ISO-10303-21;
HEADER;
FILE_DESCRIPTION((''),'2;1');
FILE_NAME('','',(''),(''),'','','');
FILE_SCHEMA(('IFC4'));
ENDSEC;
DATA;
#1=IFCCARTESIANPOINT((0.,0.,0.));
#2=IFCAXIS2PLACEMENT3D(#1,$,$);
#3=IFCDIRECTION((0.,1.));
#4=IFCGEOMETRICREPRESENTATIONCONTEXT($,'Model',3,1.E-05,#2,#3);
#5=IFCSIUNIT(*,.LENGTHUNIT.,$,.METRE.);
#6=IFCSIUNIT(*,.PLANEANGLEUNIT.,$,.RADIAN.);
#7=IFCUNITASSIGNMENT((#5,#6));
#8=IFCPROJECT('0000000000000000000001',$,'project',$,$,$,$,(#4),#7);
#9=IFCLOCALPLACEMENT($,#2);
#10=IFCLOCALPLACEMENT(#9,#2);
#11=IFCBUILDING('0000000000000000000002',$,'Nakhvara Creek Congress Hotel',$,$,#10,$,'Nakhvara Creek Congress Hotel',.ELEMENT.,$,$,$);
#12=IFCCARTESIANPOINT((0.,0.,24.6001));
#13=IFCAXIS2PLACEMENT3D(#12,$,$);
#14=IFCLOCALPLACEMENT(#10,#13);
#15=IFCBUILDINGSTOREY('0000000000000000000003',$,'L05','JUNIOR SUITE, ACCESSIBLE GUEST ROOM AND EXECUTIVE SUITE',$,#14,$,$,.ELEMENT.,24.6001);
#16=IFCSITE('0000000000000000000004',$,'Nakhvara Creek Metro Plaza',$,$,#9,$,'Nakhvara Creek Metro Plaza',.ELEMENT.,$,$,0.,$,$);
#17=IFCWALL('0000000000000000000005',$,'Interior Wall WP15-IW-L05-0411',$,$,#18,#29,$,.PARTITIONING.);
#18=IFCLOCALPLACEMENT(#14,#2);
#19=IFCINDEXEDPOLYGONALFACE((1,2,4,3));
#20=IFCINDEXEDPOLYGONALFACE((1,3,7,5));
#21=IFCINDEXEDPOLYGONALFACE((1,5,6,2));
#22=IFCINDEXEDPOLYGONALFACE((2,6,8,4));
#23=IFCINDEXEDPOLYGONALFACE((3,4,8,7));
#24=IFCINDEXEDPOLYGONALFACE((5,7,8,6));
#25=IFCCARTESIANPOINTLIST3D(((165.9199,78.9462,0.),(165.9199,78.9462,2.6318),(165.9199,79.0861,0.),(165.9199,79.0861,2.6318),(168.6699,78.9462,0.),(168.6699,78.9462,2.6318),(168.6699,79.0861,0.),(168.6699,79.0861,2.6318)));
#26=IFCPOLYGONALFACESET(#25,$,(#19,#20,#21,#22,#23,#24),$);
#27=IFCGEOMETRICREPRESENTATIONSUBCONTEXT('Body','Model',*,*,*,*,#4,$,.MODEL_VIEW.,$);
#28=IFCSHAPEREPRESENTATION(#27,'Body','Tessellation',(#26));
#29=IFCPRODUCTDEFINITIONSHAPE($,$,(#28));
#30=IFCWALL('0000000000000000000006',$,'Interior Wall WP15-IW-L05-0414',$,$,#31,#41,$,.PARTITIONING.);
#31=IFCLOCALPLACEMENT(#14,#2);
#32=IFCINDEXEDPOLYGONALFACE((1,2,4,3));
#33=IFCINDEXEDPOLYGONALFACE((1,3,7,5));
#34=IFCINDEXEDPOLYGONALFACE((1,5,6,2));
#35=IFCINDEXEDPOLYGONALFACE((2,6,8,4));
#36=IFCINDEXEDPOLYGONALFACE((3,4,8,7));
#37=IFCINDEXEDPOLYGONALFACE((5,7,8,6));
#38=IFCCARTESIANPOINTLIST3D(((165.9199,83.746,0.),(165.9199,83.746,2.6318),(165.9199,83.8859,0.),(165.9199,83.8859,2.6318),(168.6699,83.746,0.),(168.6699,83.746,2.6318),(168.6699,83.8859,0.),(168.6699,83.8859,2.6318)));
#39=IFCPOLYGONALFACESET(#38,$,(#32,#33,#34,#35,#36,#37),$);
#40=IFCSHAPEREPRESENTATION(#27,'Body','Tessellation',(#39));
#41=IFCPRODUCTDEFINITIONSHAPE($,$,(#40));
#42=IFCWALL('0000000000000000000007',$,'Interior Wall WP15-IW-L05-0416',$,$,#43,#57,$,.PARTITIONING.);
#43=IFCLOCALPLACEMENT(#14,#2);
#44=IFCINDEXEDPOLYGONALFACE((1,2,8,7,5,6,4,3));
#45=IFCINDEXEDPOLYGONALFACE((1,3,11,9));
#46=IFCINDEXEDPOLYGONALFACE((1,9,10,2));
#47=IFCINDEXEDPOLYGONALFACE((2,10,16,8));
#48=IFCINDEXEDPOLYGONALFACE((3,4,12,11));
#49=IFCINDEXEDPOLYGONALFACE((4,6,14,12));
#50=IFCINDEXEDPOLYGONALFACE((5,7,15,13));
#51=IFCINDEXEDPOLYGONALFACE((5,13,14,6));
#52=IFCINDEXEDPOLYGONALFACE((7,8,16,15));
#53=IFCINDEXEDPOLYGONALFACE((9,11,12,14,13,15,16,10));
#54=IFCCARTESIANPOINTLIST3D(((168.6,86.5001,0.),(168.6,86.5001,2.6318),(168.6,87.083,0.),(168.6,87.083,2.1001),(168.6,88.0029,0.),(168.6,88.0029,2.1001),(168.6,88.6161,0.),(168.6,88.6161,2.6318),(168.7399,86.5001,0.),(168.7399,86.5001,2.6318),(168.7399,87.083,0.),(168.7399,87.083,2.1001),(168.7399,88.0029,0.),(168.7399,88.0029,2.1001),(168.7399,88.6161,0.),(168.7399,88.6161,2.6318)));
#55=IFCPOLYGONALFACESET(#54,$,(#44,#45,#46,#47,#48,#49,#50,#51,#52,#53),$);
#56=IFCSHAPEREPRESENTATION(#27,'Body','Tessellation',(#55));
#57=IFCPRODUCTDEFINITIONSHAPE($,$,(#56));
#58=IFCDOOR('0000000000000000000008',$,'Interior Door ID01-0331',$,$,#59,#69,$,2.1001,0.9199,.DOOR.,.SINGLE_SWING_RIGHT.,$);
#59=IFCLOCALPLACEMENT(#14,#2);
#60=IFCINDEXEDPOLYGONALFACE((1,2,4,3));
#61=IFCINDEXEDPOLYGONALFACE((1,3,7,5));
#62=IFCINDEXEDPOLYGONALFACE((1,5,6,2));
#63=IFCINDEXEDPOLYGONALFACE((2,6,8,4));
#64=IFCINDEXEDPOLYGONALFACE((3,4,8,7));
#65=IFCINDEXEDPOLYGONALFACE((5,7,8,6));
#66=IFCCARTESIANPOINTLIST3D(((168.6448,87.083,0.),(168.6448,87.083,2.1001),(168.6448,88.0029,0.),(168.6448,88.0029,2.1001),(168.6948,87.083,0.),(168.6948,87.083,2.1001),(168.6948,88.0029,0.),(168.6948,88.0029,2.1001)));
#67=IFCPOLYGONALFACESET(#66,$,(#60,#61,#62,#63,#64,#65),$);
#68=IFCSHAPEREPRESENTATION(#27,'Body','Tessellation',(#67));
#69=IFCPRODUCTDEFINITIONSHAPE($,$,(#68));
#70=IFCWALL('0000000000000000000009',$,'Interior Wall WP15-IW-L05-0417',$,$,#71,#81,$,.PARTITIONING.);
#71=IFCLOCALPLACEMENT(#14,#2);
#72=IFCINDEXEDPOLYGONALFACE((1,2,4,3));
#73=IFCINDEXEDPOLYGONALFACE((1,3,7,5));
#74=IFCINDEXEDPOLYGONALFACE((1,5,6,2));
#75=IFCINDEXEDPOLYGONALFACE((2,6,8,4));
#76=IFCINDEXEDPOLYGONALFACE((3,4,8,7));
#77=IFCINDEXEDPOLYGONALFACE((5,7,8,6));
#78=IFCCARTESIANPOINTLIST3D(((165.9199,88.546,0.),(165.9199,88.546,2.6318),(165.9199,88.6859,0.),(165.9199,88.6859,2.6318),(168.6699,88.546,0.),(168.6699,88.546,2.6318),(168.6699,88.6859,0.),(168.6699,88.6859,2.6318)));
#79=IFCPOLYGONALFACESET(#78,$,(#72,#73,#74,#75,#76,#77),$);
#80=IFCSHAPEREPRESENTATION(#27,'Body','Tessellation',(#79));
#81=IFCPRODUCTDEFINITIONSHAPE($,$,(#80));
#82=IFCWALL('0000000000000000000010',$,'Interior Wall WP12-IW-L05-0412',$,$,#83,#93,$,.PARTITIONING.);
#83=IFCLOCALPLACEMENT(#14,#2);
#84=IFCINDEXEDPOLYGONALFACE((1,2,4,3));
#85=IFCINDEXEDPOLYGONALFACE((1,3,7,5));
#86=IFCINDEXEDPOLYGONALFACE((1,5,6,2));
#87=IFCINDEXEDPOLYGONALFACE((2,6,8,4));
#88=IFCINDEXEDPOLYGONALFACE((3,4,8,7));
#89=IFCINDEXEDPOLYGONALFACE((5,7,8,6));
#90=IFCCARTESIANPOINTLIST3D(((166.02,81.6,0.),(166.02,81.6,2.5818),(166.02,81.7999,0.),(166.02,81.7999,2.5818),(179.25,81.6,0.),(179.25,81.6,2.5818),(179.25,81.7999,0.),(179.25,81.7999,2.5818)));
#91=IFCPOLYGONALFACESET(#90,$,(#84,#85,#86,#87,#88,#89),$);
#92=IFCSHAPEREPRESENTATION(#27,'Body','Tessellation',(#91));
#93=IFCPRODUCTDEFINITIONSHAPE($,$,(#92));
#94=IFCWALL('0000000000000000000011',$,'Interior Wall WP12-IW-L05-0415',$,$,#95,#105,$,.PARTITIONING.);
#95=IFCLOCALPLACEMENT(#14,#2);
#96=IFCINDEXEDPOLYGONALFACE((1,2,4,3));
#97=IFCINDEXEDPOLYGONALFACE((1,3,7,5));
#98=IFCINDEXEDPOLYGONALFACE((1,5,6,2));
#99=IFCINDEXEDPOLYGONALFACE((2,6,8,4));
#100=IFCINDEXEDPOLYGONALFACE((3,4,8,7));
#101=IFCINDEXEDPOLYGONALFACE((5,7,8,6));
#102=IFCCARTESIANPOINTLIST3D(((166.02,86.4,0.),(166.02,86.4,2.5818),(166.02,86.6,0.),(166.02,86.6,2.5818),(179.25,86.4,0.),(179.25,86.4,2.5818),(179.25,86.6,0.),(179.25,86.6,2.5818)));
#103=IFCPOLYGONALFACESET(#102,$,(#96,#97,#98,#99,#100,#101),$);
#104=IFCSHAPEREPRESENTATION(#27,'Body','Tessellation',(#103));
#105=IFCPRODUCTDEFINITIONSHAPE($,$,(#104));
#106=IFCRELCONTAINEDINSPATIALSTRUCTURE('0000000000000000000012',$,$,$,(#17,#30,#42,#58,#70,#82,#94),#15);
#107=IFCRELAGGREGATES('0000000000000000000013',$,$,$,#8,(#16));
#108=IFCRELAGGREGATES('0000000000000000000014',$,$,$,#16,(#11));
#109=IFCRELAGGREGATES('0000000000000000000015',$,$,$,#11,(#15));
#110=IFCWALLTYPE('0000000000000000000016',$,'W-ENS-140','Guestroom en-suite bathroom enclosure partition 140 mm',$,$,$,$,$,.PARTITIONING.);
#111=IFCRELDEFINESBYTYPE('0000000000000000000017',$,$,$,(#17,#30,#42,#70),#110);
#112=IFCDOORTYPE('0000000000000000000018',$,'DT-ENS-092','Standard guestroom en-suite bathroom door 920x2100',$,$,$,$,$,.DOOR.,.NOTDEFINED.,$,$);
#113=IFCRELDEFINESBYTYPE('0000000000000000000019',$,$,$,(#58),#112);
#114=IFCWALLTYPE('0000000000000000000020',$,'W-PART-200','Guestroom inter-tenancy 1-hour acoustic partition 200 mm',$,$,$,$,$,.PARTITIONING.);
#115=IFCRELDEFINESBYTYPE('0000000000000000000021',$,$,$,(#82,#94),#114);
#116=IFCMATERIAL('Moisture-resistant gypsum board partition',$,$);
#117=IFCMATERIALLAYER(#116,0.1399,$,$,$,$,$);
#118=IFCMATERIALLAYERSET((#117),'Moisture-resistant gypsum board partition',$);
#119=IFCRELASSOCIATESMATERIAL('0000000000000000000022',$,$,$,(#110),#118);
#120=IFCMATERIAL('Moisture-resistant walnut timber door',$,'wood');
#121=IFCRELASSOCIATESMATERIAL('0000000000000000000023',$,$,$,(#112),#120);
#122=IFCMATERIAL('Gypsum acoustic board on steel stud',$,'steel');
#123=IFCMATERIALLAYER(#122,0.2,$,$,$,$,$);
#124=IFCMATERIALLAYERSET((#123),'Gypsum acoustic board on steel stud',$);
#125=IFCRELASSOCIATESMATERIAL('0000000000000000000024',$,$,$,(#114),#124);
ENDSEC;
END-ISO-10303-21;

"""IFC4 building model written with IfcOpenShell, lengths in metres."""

from ifc_helpers import new_model, si_unit, direction, frame, frame_2d, origin, place, context, subcontext, project, spatial, rectangle, extrude, material, layer, layer_set, type_object, element, fill, save


model = new_model("IFC4")

# Units and contexts
model_context = context("Model", 3, precision=1e-05, world=origin(), true_north=direction((0.0, 1.0)))
body_context = subcontext(model_context, "Body", "Model", "MODEL_VIEW")
ifc_project = project(units=[si_unit("LENGTHUNIT", "METRE"), si_unit("PLANEANGLEUNIT", "RADIAN")], contexts=[model_context])

# Site, building, storey
site_placement = place(None, origin())
site = spatial("IfcSite", under=ifc_project, at=site_placement, Name="Nakhvara Creek Metro Plaza", LongName="Nakhvara Creek Metro Plaza", CompositionType="ELEMENT", RefElevation=0.0)
building_placement = place(site_placement, origin())
building = spatial("IfcBuilding", under=site, at=building_placement, Name="Nakhvara Creek Congress Hotel", LongName="Nakhvara Creek Congress Hotel", CompositionType="ELEMENT")
storey_placement = place(building_placement, frame((0.0, 0.0, 24.6001)))
storey = spatial("IfcBuildingStorey", under=building, at=storey_placement, Name="L05", Description="JUNIOR SUITE, ACCESSIBLE GUEST ROOM AND EXECUTIVE SUITE", CompositionType="ELEMENT", Elevation=24.6001)

# Shared definitions
ifc_material_1 = material(Name="Moisture-resistant gypsum board partition")
ifc_layer_1 = layer(ifc_material_1, 0.1399)
ifc_layer_set_1 = layer_set([ifc_layer_1], Name="Moisture-resistant gypsum board partition")
wall_type_1 = type_object("IfcWallType", Name="W-ENS-140", Description="Guestroom en-suite bathroom enclosure partition 140 mm", PredefinedType="PARTITIONING", material=ifc_layer_set_1)
ifc_material_2 = material(Name="Moisture-resistant walnut timber door", Category="wood")

# Wall
wall_1_placement = place(storey_placement, frame((165.9199, 79.0161, 0.0), z_axis=(0.0, 0.0, 1.0), x_axis=(1.0, 0.0, 0.0)))
element("IfcWall", 1, at=wall_1_placement, inside=storey, type_object=wall_type_1, Name="Interior Wall WP15-IW-L05-0411", PredefinedType="PARTITIONING", context=body_context, shape_type="SweptSolid", body=[
    extrude(rectangle(XDim=2.75, YDim=0.1399, at=frame_2d((1.375, 0.0))), origin(), (0.0, 0.0, 1.0), 2.6318),
])

# Wall
wall_2_placement = place(storey_placement, frame((165.9199, 83.8159, 0.0), z_axis=(0.0, 0.0, 1.0), x_axis=(1.0, 0.0, 0.0)))
element("IfcWall", 2, at=wall_2_placement, inside=storey, type_object=wall_type_1, Name="Interior Wall WP15-IW-L05-0414", PredefinedType="PARTITIONING", context=body_context, shape_type="SweptSolid", body=[
    extrude(rectangle(XDim=2.75, YDim=0.1399, at=frame_2d((1.375, 0.0))), origin(), (0.0, 0.0, 1.0), 2.6318),
])

# Wall, opening, door
wall_3_placement = place(storey_placement, frame((168.6699, 86.5, 0.0), z_axis=(0.0, 0.0, 1.0), x_axis=(0.0, 1.0, 0.0)))
wall_3 = element("IfcWall", 3, at=wall_3_placement, inside=storey, type_object=wall_type_1, Name="Interior Wall WP15-IW-L05-0416", PredefinedType="PARTITIONING", context=body_context, shape_type="SweptSolid", body=[
    extrude(rectangle(XDim=2.116, YDim=0.1399, at=frame_2d((1.0581, 0.0))), origin(), (0.0, 0.0, 1.0), 2.6318),
])
opening_1_placement = place(wall_3_placement, frame((0.583, 0.0, 0.0)))
opening_1 = element("IfcOpeningElement", 4, at=opening_1_placement, cuts=wall_3, PredefinedType="OPENING", context=body_context, shape_type="SweptSolid", body=[
    extrude(rectangle(XDim=0.9199, YDim=2.1001, at=frame_2d((0.46, 1.05))), frame((0.0, 0.082, 0.0), z_axis=(0.0, -1.0, 0.0), x_axis=(1.0, 0.0, 0.0)), (0.0, 0.0, 1.0), 0.1638),
])
door_type_1 = type_object("IfcDoorType", Name="DT-ENS-092", Description="Standard guestroom en-suite bathroom door 920x2100", OperationType="NOTDEFINED", PredefinedType="DOOR", material=ifc_material_2)
door_1_placement = place(opening_1_placement, frame((0.9199, 0.0, 0.0), z_axis=(0.0, 0.0, 1.0), x_axis=(-1.0, 0.0, 0.0)))
door_1 = element("IfcDoor", 5, at=door_1_placement, inside=storey, type_object=door_type_1, Name="Interior Door ID01-0331", OperationType="SINGLE_SWING_RIGHT", OverallHeight=2.1001, OverallWidth=0.9199, PredefinedType="DOOR", context=body_context, shape_type="SweptSolid", body=[
    extrude(rectangle(XDim=0.9199, YDim=2.1001, at=frame_2d((0.46, 1.05))), frame((0.0, 0.0249, 0.0), z_axis=(0.0, -1.0, 0.0), x_axis=(1.0, 0.0, 0.0)), (0.0, 0.0, 1.0), 0.05),
])
fill(opening_1, door_1)

# Walls
wall_4_placement = place(storey_placement, frame((165.9199, 88.616, 0.0), z_axis=(0.0, 0.0, 1.0), x_axis=(1.0, 0.0, 0.0)))
element("IfcWall", 6, at=wall_4_placement, inside=storey, type_object=wall_type_1, Name="Interior Wall WP15-IW-L05-0417", PredefinedType="PARTITIONING", context=body_context, shape_type="SweptSolid", body=[
    extrude(rectangle(XDim=2.75, YDim=0.1399, at=frame_2d((1.375, 0.0))), origin(), (0.0, 0.0, 1.0), 2.6318),
])
ifc_material_3 = material(Name="Gypsum acoustic board on steel stud", Category="steel")
ifc_layer_2 = layer(ifc_material_3, 0.2)
ifc_layer_set_2 = layer_set([ifc_layer_2], Name="Gypsum acoustic board on steel stud")
wall_type_2 = type_object("IfcWallType", Name="W-PART-200", Description="Guestroom inter-tenancy 1-hour acoustic partition 200 mm", PredefinedType="PARTITIONING", material=ifc_layer_set_2)
for number, where, z_axis, x_axis, name in (
    (7, (166.02, 81.7, 0.0), (0.0, 0.0, 1.0), (1.0, 0.0, 0.0), "Interior Wall WP12-IW-L05-0412"),
    (8, (166.02, 86.5, 0.0), (0.0, 0.0, 1.0), (1.0, 0.0, 0.0), "Interior Wall WP12-IW-L05-0415"),
):
    element("IfcWall", number, at=place(storey_placement, frame(where, z_axis=z_axis, x_axis=x_axis)), inside=storey, type_object=wall_type_2, Name=name, PredefinedType="PARTITIONING", context=body_context, shape_type="SweptSolid", body=[
        extrude(rectangle(XDim=13.23, YDim=0.2, at=frame_2d((6.615, 0.0))), origin(), (0.0, 0.0, 1.0), 2.5818),
    ])

save(model, "model.ifc")
